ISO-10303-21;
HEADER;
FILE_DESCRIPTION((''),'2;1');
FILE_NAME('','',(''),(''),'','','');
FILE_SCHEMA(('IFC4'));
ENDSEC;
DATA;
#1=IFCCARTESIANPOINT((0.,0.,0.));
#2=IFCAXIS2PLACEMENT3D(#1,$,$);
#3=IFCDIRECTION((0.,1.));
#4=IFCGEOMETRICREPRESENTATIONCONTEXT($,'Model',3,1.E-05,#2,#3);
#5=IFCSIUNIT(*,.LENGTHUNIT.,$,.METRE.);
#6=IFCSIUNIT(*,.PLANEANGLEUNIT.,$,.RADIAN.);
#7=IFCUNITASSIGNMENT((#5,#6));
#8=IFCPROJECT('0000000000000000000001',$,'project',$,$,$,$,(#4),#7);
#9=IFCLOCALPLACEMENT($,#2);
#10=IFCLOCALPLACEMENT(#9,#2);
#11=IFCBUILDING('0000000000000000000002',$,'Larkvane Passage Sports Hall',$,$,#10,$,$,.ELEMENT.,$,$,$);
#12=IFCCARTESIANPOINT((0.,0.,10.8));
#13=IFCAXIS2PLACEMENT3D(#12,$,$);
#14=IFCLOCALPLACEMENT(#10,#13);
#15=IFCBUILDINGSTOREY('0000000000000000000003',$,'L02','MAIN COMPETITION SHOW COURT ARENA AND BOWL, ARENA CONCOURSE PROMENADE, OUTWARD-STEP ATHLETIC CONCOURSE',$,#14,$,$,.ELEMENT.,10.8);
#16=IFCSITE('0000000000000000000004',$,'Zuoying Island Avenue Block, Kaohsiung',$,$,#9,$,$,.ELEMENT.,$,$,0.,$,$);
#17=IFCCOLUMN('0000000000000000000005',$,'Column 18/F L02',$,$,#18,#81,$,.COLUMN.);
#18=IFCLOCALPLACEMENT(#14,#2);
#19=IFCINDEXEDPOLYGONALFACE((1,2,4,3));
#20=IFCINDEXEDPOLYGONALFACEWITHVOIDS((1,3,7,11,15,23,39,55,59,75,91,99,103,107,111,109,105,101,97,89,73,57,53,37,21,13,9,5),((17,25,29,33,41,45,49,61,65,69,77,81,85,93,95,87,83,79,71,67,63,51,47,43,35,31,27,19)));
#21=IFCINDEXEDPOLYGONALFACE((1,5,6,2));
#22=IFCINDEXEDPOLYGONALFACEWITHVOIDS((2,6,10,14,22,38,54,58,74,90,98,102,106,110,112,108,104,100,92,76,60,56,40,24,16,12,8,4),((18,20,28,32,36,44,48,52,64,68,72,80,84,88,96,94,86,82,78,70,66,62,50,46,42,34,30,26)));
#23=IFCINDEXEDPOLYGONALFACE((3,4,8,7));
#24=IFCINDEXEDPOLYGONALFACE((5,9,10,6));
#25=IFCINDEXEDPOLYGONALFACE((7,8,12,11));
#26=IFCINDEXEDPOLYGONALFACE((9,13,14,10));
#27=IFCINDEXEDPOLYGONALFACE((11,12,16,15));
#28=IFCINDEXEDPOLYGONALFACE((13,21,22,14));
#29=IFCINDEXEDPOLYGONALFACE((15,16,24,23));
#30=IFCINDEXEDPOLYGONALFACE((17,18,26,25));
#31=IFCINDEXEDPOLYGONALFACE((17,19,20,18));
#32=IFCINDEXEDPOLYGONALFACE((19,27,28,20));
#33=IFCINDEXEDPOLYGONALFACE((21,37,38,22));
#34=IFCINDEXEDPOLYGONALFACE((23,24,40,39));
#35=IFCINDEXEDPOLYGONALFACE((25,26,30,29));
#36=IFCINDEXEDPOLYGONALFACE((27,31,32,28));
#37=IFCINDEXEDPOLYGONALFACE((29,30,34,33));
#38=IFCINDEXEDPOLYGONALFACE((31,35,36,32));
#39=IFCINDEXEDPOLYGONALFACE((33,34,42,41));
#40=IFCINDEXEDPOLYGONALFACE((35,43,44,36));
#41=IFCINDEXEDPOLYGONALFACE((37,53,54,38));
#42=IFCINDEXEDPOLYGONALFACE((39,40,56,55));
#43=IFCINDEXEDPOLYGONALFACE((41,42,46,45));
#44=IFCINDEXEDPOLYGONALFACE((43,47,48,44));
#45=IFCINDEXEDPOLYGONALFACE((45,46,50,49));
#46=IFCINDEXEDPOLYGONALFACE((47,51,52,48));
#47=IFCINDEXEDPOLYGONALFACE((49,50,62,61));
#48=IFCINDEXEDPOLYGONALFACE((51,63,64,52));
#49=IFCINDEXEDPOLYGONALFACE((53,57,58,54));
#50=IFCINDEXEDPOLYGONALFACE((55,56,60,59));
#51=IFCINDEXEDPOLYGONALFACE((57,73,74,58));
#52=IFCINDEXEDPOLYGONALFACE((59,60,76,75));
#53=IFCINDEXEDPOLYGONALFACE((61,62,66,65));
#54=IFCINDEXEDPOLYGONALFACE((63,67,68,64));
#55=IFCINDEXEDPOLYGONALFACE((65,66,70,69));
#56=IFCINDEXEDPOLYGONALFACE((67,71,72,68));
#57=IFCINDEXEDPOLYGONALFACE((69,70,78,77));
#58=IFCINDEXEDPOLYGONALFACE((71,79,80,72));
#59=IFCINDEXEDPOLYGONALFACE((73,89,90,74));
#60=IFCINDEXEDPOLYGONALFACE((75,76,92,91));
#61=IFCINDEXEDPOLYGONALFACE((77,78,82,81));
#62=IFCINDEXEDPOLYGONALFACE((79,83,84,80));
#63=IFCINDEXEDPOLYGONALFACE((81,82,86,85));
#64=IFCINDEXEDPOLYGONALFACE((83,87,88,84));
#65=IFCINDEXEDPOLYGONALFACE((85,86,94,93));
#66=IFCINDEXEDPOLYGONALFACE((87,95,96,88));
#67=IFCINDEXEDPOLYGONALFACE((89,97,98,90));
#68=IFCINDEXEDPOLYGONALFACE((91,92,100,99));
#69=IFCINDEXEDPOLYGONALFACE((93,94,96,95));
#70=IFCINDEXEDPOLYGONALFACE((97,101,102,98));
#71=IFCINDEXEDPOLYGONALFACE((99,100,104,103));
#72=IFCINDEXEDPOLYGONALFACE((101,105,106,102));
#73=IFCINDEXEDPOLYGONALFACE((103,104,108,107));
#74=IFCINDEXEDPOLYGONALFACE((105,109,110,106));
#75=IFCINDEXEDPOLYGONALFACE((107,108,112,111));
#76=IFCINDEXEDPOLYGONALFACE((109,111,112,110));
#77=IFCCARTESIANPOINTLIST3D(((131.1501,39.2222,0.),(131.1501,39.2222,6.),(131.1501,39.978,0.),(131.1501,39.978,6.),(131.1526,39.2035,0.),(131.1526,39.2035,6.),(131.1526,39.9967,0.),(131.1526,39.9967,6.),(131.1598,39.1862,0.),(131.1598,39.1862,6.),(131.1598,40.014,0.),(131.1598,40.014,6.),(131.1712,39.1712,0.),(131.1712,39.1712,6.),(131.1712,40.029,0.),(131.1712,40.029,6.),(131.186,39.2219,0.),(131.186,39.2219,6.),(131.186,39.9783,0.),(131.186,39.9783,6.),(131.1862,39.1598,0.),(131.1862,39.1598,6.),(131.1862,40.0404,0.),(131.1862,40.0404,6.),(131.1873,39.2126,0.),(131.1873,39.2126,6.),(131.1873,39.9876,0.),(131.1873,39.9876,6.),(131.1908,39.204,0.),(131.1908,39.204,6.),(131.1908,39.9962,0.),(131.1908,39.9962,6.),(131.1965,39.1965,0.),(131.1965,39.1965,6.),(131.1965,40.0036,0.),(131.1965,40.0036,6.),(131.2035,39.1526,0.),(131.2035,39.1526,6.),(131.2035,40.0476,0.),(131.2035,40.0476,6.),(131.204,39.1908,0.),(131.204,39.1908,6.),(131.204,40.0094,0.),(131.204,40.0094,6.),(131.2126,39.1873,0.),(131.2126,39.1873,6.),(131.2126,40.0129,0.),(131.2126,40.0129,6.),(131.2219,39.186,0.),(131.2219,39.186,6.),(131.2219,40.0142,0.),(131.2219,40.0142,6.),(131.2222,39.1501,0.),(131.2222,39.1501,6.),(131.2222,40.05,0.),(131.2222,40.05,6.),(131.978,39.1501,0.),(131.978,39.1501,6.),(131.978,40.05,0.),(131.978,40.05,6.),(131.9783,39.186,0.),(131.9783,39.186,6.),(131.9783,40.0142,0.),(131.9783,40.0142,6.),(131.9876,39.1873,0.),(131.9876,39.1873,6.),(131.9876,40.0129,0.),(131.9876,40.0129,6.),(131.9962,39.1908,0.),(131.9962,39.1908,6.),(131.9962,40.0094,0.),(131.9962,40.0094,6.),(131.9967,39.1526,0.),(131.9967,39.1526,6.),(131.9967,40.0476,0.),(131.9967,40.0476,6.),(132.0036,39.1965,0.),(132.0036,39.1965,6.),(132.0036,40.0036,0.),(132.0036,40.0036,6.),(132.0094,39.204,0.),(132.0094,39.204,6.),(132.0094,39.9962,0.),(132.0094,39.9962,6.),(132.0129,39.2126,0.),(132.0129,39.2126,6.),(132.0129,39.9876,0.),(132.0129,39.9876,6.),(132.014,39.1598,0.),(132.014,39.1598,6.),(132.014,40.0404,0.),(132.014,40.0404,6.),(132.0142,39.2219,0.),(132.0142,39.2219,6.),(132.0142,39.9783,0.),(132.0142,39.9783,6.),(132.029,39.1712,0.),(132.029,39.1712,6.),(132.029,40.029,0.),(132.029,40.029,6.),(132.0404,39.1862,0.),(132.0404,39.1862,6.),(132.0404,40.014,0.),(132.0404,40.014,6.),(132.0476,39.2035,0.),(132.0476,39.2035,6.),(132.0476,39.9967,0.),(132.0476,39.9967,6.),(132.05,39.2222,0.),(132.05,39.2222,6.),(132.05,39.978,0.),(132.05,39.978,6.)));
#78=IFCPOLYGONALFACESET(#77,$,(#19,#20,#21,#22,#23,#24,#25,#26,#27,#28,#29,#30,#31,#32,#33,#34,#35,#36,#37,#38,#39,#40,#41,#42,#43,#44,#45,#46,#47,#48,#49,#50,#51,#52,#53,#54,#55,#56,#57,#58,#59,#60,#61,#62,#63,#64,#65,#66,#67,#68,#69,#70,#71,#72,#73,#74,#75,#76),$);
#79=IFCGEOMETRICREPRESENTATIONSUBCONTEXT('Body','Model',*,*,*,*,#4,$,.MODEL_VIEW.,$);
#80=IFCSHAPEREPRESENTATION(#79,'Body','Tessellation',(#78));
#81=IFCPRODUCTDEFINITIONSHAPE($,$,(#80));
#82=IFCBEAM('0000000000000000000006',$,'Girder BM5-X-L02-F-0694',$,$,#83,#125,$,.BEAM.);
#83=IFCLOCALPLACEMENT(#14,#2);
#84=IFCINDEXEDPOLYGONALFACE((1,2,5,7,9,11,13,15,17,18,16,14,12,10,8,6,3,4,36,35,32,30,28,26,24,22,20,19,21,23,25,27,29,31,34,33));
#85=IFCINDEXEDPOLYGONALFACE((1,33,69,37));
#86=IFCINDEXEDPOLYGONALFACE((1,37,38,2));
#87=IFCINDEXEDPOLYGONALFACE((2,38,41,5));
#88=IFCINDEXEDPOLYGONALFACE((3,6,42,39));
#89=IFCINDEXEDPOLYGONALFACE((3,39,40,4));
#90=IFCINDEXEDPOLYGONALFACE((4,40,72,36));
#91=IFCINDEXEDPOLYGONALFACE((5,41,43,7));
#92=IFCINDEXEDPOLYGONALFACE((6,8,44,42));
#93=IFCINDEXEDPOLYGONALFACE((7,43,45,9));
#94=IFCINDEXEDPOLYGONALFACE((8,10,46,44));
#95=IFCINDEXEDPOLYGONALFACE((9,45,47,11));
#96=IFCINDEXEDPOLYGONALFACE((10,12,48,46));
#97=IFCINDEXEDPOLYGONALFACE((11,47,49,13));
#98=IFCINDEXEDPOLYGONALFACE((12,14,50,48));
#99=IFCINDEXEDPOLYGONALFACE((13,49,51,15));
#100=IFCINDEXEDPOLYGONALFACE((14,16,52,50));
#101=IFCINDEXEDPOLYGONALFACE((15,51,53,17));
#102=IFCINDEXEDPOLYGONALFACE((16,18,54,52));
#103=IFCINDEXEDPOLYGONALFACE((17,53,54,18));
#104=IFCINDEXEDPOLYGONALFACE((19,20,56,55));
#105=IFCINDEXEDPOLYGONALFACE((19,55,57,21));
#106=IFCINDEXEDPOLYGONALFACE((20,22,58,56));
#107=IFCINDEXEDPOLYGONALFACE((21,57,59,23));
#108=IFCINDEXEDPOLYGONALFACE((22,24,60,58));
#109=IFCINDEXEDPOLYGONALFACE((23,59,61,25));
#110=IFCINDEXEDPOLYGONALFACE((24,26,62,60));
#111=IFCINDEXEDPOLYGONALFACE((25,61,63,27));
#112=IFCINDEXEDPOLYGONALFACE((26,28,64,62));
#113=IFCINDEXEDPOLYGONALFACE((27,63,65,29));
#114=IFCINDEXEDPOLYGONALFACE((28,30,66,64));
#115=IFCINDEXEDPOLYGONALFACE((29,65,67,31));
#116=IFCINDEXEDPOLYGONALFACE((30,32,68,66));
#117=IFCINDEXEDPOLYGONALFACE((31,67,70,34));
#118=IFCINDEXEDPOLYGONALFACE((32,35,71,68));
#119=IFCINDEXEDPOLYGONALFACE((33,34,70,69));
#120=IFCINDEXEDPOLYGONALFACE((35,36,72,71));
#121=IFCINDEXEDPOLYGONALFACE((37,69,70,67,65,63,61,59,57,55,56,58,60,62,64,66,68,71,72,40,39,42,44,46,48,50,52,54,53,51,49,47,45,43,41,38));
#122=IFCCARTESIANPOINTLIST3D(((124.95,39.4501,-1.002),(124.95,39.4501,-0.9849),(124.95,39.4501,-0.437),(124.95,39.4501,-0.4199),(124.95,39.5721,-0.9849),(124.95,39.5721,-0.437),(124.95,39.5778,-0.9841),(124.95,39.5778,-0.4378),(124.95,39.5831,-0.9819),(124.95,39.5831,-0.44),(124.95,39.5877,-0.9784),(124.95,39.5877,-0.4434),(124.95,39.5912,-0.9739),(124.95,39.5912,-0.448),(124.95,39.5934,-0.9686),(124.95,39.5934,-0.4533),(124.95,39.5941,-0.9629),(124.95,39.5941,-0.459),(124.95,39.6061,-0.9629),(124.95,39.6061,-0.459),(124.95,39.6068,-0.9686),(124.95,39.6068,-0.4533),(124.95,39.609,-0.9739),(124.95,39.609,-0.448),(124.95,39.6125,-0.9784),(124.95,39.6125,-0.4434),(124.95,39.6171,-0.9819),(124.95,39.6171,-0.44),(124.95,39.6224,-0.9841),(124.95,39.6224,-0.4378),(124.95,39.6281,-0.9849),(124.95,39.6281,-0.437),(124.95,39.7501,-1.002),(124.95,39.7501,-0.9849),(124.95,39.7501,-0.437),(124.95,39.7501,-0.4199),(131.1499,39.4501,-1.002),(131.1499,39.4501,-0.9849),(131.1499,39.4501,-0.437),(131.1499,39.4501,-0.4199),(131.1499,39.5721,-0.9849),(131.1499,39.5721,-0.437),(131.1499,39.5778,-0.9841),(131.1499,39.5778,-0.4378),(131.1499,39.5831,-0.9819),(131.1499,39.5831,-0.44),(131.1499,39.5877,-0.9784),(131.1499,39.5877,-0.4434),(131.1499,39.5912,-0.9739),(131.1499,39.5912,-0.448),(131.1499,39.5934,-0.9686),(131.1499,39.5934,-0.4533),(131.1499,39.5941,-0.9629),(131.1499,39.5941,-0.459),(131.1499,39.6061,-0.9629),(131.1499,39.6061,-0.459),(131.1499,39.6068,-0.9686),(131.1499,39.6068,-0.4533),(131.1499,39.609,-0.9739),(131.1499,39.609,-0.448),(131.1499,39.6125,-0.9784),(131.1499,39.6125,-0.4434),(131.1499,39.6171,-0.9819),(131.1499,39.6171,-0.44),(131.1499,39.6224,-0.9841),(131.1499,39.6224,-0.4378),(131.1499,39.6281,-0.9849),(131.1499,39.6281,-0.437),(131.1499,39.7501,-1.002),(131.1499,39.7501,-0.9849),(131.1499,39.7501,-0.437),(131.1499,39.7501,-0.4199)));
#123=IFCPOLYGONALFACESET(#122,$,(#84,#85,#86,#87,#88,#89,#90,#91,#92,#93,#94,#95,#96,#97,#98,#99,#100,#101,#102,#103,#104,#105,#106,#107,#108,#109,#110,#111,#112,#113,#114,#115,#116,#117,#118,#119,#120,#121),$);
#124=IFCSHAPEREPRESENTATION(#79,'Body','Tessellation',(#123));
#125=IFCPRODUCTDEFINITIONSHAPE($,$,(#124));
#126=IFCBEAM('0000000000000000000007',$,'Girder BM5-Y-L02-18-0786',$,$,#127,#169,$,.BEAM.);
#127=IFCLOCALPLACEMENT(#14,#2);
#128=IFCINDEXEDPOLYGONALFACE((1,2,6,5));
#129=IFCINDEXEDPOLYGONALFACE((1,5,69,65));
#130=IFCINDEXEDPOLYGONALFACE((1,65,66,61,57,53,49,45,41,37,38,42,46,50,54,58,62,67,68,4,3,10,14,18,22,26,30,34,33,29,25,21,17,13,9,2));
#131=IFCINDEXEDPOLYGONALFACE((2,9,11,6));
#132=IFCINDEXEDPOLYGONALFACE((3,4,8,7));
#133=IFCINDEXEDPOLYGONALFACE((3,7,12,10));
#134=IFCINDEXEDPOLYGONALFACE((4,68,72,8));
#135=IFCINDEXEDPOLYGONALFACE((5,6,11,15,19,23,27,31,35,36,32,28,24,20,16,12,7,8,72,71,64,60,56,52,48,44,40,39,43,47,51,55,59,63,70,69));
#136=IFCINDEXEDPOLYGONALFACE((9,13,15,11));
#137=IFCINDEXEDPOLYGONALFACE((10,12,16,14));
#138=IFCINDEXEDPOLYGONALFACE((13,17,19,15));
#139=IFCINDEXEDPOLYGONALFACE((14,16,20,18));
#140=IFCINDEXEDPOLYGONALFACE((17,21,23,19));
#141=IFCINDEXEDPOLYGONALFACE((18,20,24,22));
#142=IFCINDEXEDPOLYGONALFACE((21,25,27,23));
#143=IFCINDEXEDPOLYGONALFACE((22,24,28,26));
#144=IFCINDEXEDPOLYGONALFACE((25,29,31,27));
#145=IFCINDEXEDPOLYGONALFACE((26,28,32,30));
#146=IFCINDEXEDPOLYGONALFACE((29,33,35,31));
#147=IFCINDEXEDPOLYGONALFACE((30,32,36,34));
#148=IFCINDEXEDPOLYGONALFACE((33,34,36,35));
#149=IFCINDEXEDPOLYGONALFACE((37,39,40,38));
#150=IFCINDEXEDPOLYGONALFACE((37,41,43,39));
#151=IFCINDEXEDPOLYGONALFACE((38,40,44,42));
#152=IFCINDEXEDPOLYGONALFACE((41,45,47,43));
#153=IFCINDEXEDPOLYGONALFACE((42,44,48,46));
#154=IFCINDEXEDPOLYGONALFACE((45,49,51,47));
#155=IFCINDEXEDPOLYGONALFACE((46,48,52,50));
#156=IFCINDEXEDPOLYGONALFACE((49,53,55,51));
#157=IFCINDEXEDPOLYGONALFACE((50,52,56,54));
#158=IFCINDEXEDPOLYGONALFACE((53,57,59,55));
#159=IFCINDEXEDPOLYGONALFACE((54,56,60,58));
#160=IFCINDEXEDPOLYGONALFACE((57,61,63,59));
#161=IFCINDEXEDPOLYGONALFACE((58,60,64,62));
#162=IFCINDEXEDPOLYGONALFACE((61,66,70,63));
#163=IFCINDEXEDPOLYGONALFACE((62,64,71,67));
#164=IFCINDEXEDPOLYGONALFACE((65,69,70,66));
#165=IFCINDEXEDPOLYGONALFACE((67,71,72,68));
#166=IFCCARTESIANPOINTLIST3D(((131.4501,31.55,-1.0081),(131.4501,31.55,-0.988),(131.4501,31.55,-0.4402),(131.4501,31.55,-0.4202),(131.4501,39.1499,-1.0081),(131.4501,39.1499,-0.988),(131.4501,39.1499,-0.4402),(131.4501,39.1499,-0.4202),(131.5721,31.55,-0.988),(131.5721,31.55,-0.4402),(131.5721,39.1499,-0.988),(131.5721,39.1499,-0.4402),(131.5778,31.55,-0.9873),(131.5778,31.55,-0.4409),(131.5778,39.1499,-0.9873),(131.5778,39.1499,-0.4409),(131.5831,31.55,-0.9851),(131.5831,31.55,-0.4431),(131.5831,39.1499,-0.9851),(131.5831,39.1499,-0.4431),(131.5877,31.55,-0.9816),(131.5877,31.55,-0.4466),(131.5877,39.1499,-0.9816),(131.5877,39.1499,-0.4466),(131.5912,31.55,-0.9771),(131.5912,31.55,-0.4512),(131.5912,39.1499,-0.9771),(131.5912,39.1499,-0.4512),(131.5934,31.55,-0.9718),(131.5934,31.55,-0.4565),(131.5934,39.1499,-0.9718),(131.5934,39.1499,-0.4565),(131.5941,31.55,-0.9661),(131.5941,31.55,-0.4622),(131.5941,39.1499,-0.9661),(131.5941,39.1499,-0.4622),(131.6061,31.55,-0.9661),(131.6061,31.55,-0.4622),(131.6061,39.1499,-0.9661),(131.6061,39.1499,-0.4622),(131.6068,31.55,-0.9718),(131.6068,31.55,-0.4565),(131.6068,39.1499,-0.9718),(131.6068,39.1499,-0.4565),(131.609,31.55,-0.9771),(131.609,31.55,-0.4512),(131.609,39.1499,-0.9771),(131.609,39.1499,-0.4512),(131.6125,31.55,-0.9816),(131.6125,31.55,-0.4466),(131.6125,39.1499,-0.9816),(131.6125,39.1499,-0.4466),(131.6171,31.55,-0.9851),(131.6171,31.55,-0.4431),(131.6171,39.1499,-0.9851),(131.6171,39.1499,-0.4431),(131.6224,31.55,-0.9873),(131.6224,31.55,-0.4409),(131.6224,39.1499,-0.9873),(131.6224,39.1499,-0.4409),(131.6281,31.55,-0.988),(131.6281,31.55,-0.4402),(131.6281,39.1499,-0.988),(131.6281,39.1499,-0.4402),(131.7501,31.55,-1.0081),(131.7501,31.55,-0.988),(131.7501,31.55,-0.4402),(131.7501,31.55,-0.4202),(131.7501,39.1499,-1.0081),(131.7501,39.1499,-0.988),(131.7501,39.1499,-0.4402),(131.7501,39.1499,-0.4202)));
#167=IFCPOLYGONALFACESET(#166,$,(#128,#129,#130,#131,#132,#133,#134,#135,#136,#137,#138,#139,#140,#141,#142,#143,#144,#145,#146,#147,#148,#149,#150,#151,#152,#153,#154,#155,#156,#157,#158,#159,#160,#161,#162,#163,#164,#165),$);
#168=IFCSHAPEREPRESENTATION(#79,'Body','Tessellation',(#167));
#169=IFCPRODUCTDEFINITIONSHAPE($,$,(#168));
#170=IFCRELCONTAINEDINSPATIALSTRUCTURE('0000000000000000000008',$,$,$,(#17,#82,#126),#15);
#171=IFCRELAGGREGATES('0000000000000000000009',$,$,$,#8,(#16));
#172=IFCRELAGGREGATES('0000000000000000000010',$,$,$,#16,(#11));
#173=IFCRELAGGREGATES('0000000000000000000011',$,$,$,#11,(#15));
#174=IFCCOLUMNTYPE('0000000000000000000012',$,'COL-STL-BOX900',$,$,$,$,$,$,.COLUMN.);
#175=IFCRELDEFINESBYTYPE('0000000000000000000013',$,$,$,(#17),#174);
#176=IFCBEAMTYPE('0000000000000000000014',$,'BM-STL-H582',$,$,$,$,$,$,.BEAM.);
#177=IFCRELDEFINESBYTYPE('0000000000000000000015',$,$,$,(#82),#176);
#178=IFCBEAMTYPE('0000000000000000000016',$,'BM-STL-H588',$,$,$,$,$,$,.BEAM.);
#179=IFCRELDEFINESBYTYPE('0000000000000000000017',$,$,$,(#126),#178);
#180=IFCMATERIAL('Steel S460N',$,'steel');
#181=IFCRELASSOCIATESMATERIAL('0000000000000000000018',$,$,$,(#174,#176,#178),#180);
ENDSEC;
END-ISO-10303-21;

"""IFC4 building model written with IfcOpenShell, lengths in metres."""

from ifc_helpers import new_model, si_unit, direction, frame, origin, origin_2d, place, context, subcontext, project, spatial, hollow_rectangle, i_section, extrude, material, material_profile, profile_set, type_object, element, save


model = new_model("IFC4")

# Units and contexts
model_context = context("Model", 3, precision=1e-05, world=origin(), true_north=direction((0.0, 1.0)))
body_context = subcontext(model_context, "Body", "Model", "MODEL_VIEW")
ifc_project = project(units=[si_unit("LENGTHUNIT", "METRE"), si_unit("PLANEANGLEUNIT", "RADIAN")], contexts=[model_context])

# Site, building, storey
site_placement = place(None, origin())
site = spatial("IfcSite", under=ifc_project, at=site_placement, Name="Zuoying Island Avenue Block, Kaohsiung", CompositionType="ELEMENT", RefElevation=0.0)
building_placement = place(site_placement, origin())
building = spatial("IfcBuilding", under=site, at=building_placement, Name="Larkvane Passage Sports Hall", CompositionType="ELEMENT")
storey_placement = place(building_placement, frame((0.0, 0.0, 10.8)))
storey = spatial("IfcBuildingStorey", under=building, at=storey_placement, Name="L02", Description="MAIN COMPETITION SHOW COURT ARENA AND BOWL, ARENA CONCOURSE PROMENADE, OUTWARD-STEP ATHLETIC CONCOURSE", CompositionType="ELEMENT", Elevation=10.8)

# Column
ifc_material_1 = material(Name="Steel S460N", Category="steel")
ifc_material_profile_1 = material_profile(ifc_material_1, hollow_rectangle(XDim=0.8999, YDim=0.8999, WallThickness=0.0359, InnerFilletRadius=0.0359, OuterFilletRadius=0.072, at=origin_2d()), Name="BOX-900x900x36")
ifc_profile_set_1 = profile_set([ifc_material_profile_1], Name="Steel S460N")
column_type_1 = type_object("IfcColumnType", Name="COL-STL-BOX900", PredefinedType="COLUMN", material=ifc_profile_set_1)
column_placement = place(storey_placement, frame((131.6001, 39.6001, 0.0), z_axis=(0.0, 0.0, 1.0), x_axis=(1.0, 0.0, 0.0)))
element("IfcColumn", 1, at=column_placement, inside=storey, type_object=column_type_1, Name="Column 18/F L02", PredefinedType="COLUMN", context=body_context, shape_type="SweptSolid", body=[
    extrude(hollow_rectangle(XDim=0.8999, YDim=0.8999, WallThickness=0.0359, InnerFilletRadius=0.0359, OuterFilletRadius=0.072, at=origin_2d()), origin(), (0.0, 0.0, 1.0), 6.0),
])

# Beams
ifc_material_profile_2 = material_profile(ifc_material_1, i_section(OverallWidth=0.3, OverallDepth=0.582, WebThickness=0.012, FlangeThickness=0.0171, FilletRadius=0.022, at=origin_2d()), Name="H-582x300x12x17")
ifc_profile_set_2 = profile_set([ifc_material_profile_2], Name="Steel S460N")
beam_type_1 = type_object("IfcBeamType", Name="BM-STL-H582", PredefinedType="BEAM", material=ifc_profile_set_2)
beam_1_placement = place(storey_placement, frame((124.95, 39.6001, -0.7109), z_axis=(1.0, 0.0, 0.0), x_axis=(0.0, 1.0, 0.0)))
element("IfcBeam", 2, at=beam_1_placement, inside=storey, type_object=beam_type_1, Name="Girder BM5-X-L02-F-0694", PredefinedType="BEAM", context=body_context, shape_type="SweptSolid", body=[
    extrude(i_section(OverallWidth=0.3, OverallDepth=0.582, WebThickness=0.012, FlangeThickness=0.0171, FilletRadius=0.022, at=origin_2d()), origin(), (0.0, 0.0, 1.0), 6.2),
])
ifc_material_profile_3 = material_profile(ifc_material_1, i_section(OverallWidth=0.3, OverallDepth=0.5879, WebThickness=0.012, FlangeThickness=0.02, FilletRadius=0.022, at=origin_2d()), Name="H-588x300x12x20")
ifc_profile_set_3 = profile_set([ifc_material_profile_3], Name="Steel S460N")
beam_type_2 = type_object("IfcBeamType", Name="BM-STL-H588", PredefinedType="BEAM", material=ifc_profile_set_3)
beam_2_placement = place(storey_placement, frame((131.6001, 31.55, -0.7141), z_axis=(0.0, 1.0, 0.0), x_axis=(-1.0, 0.0, 0.0)))
element("IfcBeam", 3, at=beam_2_placement, inside=storey, type_object=beam_type_2, Name="Girder BM5-Y-L02-18-0786", PredefinedType="BEAM", context=body_context, shape_type="SweptSolid", body=[
    extrude(i_section(OverallWidth=0.3, OverallDepth=0.5879, WebThickness=0.012, FlangeThickness=0.02, FilletRadius=0.022, at=origin_2d()), origin(), (0.0, 0.0, 1.0), 7.5999),
])

save(model, "model.ifc")
